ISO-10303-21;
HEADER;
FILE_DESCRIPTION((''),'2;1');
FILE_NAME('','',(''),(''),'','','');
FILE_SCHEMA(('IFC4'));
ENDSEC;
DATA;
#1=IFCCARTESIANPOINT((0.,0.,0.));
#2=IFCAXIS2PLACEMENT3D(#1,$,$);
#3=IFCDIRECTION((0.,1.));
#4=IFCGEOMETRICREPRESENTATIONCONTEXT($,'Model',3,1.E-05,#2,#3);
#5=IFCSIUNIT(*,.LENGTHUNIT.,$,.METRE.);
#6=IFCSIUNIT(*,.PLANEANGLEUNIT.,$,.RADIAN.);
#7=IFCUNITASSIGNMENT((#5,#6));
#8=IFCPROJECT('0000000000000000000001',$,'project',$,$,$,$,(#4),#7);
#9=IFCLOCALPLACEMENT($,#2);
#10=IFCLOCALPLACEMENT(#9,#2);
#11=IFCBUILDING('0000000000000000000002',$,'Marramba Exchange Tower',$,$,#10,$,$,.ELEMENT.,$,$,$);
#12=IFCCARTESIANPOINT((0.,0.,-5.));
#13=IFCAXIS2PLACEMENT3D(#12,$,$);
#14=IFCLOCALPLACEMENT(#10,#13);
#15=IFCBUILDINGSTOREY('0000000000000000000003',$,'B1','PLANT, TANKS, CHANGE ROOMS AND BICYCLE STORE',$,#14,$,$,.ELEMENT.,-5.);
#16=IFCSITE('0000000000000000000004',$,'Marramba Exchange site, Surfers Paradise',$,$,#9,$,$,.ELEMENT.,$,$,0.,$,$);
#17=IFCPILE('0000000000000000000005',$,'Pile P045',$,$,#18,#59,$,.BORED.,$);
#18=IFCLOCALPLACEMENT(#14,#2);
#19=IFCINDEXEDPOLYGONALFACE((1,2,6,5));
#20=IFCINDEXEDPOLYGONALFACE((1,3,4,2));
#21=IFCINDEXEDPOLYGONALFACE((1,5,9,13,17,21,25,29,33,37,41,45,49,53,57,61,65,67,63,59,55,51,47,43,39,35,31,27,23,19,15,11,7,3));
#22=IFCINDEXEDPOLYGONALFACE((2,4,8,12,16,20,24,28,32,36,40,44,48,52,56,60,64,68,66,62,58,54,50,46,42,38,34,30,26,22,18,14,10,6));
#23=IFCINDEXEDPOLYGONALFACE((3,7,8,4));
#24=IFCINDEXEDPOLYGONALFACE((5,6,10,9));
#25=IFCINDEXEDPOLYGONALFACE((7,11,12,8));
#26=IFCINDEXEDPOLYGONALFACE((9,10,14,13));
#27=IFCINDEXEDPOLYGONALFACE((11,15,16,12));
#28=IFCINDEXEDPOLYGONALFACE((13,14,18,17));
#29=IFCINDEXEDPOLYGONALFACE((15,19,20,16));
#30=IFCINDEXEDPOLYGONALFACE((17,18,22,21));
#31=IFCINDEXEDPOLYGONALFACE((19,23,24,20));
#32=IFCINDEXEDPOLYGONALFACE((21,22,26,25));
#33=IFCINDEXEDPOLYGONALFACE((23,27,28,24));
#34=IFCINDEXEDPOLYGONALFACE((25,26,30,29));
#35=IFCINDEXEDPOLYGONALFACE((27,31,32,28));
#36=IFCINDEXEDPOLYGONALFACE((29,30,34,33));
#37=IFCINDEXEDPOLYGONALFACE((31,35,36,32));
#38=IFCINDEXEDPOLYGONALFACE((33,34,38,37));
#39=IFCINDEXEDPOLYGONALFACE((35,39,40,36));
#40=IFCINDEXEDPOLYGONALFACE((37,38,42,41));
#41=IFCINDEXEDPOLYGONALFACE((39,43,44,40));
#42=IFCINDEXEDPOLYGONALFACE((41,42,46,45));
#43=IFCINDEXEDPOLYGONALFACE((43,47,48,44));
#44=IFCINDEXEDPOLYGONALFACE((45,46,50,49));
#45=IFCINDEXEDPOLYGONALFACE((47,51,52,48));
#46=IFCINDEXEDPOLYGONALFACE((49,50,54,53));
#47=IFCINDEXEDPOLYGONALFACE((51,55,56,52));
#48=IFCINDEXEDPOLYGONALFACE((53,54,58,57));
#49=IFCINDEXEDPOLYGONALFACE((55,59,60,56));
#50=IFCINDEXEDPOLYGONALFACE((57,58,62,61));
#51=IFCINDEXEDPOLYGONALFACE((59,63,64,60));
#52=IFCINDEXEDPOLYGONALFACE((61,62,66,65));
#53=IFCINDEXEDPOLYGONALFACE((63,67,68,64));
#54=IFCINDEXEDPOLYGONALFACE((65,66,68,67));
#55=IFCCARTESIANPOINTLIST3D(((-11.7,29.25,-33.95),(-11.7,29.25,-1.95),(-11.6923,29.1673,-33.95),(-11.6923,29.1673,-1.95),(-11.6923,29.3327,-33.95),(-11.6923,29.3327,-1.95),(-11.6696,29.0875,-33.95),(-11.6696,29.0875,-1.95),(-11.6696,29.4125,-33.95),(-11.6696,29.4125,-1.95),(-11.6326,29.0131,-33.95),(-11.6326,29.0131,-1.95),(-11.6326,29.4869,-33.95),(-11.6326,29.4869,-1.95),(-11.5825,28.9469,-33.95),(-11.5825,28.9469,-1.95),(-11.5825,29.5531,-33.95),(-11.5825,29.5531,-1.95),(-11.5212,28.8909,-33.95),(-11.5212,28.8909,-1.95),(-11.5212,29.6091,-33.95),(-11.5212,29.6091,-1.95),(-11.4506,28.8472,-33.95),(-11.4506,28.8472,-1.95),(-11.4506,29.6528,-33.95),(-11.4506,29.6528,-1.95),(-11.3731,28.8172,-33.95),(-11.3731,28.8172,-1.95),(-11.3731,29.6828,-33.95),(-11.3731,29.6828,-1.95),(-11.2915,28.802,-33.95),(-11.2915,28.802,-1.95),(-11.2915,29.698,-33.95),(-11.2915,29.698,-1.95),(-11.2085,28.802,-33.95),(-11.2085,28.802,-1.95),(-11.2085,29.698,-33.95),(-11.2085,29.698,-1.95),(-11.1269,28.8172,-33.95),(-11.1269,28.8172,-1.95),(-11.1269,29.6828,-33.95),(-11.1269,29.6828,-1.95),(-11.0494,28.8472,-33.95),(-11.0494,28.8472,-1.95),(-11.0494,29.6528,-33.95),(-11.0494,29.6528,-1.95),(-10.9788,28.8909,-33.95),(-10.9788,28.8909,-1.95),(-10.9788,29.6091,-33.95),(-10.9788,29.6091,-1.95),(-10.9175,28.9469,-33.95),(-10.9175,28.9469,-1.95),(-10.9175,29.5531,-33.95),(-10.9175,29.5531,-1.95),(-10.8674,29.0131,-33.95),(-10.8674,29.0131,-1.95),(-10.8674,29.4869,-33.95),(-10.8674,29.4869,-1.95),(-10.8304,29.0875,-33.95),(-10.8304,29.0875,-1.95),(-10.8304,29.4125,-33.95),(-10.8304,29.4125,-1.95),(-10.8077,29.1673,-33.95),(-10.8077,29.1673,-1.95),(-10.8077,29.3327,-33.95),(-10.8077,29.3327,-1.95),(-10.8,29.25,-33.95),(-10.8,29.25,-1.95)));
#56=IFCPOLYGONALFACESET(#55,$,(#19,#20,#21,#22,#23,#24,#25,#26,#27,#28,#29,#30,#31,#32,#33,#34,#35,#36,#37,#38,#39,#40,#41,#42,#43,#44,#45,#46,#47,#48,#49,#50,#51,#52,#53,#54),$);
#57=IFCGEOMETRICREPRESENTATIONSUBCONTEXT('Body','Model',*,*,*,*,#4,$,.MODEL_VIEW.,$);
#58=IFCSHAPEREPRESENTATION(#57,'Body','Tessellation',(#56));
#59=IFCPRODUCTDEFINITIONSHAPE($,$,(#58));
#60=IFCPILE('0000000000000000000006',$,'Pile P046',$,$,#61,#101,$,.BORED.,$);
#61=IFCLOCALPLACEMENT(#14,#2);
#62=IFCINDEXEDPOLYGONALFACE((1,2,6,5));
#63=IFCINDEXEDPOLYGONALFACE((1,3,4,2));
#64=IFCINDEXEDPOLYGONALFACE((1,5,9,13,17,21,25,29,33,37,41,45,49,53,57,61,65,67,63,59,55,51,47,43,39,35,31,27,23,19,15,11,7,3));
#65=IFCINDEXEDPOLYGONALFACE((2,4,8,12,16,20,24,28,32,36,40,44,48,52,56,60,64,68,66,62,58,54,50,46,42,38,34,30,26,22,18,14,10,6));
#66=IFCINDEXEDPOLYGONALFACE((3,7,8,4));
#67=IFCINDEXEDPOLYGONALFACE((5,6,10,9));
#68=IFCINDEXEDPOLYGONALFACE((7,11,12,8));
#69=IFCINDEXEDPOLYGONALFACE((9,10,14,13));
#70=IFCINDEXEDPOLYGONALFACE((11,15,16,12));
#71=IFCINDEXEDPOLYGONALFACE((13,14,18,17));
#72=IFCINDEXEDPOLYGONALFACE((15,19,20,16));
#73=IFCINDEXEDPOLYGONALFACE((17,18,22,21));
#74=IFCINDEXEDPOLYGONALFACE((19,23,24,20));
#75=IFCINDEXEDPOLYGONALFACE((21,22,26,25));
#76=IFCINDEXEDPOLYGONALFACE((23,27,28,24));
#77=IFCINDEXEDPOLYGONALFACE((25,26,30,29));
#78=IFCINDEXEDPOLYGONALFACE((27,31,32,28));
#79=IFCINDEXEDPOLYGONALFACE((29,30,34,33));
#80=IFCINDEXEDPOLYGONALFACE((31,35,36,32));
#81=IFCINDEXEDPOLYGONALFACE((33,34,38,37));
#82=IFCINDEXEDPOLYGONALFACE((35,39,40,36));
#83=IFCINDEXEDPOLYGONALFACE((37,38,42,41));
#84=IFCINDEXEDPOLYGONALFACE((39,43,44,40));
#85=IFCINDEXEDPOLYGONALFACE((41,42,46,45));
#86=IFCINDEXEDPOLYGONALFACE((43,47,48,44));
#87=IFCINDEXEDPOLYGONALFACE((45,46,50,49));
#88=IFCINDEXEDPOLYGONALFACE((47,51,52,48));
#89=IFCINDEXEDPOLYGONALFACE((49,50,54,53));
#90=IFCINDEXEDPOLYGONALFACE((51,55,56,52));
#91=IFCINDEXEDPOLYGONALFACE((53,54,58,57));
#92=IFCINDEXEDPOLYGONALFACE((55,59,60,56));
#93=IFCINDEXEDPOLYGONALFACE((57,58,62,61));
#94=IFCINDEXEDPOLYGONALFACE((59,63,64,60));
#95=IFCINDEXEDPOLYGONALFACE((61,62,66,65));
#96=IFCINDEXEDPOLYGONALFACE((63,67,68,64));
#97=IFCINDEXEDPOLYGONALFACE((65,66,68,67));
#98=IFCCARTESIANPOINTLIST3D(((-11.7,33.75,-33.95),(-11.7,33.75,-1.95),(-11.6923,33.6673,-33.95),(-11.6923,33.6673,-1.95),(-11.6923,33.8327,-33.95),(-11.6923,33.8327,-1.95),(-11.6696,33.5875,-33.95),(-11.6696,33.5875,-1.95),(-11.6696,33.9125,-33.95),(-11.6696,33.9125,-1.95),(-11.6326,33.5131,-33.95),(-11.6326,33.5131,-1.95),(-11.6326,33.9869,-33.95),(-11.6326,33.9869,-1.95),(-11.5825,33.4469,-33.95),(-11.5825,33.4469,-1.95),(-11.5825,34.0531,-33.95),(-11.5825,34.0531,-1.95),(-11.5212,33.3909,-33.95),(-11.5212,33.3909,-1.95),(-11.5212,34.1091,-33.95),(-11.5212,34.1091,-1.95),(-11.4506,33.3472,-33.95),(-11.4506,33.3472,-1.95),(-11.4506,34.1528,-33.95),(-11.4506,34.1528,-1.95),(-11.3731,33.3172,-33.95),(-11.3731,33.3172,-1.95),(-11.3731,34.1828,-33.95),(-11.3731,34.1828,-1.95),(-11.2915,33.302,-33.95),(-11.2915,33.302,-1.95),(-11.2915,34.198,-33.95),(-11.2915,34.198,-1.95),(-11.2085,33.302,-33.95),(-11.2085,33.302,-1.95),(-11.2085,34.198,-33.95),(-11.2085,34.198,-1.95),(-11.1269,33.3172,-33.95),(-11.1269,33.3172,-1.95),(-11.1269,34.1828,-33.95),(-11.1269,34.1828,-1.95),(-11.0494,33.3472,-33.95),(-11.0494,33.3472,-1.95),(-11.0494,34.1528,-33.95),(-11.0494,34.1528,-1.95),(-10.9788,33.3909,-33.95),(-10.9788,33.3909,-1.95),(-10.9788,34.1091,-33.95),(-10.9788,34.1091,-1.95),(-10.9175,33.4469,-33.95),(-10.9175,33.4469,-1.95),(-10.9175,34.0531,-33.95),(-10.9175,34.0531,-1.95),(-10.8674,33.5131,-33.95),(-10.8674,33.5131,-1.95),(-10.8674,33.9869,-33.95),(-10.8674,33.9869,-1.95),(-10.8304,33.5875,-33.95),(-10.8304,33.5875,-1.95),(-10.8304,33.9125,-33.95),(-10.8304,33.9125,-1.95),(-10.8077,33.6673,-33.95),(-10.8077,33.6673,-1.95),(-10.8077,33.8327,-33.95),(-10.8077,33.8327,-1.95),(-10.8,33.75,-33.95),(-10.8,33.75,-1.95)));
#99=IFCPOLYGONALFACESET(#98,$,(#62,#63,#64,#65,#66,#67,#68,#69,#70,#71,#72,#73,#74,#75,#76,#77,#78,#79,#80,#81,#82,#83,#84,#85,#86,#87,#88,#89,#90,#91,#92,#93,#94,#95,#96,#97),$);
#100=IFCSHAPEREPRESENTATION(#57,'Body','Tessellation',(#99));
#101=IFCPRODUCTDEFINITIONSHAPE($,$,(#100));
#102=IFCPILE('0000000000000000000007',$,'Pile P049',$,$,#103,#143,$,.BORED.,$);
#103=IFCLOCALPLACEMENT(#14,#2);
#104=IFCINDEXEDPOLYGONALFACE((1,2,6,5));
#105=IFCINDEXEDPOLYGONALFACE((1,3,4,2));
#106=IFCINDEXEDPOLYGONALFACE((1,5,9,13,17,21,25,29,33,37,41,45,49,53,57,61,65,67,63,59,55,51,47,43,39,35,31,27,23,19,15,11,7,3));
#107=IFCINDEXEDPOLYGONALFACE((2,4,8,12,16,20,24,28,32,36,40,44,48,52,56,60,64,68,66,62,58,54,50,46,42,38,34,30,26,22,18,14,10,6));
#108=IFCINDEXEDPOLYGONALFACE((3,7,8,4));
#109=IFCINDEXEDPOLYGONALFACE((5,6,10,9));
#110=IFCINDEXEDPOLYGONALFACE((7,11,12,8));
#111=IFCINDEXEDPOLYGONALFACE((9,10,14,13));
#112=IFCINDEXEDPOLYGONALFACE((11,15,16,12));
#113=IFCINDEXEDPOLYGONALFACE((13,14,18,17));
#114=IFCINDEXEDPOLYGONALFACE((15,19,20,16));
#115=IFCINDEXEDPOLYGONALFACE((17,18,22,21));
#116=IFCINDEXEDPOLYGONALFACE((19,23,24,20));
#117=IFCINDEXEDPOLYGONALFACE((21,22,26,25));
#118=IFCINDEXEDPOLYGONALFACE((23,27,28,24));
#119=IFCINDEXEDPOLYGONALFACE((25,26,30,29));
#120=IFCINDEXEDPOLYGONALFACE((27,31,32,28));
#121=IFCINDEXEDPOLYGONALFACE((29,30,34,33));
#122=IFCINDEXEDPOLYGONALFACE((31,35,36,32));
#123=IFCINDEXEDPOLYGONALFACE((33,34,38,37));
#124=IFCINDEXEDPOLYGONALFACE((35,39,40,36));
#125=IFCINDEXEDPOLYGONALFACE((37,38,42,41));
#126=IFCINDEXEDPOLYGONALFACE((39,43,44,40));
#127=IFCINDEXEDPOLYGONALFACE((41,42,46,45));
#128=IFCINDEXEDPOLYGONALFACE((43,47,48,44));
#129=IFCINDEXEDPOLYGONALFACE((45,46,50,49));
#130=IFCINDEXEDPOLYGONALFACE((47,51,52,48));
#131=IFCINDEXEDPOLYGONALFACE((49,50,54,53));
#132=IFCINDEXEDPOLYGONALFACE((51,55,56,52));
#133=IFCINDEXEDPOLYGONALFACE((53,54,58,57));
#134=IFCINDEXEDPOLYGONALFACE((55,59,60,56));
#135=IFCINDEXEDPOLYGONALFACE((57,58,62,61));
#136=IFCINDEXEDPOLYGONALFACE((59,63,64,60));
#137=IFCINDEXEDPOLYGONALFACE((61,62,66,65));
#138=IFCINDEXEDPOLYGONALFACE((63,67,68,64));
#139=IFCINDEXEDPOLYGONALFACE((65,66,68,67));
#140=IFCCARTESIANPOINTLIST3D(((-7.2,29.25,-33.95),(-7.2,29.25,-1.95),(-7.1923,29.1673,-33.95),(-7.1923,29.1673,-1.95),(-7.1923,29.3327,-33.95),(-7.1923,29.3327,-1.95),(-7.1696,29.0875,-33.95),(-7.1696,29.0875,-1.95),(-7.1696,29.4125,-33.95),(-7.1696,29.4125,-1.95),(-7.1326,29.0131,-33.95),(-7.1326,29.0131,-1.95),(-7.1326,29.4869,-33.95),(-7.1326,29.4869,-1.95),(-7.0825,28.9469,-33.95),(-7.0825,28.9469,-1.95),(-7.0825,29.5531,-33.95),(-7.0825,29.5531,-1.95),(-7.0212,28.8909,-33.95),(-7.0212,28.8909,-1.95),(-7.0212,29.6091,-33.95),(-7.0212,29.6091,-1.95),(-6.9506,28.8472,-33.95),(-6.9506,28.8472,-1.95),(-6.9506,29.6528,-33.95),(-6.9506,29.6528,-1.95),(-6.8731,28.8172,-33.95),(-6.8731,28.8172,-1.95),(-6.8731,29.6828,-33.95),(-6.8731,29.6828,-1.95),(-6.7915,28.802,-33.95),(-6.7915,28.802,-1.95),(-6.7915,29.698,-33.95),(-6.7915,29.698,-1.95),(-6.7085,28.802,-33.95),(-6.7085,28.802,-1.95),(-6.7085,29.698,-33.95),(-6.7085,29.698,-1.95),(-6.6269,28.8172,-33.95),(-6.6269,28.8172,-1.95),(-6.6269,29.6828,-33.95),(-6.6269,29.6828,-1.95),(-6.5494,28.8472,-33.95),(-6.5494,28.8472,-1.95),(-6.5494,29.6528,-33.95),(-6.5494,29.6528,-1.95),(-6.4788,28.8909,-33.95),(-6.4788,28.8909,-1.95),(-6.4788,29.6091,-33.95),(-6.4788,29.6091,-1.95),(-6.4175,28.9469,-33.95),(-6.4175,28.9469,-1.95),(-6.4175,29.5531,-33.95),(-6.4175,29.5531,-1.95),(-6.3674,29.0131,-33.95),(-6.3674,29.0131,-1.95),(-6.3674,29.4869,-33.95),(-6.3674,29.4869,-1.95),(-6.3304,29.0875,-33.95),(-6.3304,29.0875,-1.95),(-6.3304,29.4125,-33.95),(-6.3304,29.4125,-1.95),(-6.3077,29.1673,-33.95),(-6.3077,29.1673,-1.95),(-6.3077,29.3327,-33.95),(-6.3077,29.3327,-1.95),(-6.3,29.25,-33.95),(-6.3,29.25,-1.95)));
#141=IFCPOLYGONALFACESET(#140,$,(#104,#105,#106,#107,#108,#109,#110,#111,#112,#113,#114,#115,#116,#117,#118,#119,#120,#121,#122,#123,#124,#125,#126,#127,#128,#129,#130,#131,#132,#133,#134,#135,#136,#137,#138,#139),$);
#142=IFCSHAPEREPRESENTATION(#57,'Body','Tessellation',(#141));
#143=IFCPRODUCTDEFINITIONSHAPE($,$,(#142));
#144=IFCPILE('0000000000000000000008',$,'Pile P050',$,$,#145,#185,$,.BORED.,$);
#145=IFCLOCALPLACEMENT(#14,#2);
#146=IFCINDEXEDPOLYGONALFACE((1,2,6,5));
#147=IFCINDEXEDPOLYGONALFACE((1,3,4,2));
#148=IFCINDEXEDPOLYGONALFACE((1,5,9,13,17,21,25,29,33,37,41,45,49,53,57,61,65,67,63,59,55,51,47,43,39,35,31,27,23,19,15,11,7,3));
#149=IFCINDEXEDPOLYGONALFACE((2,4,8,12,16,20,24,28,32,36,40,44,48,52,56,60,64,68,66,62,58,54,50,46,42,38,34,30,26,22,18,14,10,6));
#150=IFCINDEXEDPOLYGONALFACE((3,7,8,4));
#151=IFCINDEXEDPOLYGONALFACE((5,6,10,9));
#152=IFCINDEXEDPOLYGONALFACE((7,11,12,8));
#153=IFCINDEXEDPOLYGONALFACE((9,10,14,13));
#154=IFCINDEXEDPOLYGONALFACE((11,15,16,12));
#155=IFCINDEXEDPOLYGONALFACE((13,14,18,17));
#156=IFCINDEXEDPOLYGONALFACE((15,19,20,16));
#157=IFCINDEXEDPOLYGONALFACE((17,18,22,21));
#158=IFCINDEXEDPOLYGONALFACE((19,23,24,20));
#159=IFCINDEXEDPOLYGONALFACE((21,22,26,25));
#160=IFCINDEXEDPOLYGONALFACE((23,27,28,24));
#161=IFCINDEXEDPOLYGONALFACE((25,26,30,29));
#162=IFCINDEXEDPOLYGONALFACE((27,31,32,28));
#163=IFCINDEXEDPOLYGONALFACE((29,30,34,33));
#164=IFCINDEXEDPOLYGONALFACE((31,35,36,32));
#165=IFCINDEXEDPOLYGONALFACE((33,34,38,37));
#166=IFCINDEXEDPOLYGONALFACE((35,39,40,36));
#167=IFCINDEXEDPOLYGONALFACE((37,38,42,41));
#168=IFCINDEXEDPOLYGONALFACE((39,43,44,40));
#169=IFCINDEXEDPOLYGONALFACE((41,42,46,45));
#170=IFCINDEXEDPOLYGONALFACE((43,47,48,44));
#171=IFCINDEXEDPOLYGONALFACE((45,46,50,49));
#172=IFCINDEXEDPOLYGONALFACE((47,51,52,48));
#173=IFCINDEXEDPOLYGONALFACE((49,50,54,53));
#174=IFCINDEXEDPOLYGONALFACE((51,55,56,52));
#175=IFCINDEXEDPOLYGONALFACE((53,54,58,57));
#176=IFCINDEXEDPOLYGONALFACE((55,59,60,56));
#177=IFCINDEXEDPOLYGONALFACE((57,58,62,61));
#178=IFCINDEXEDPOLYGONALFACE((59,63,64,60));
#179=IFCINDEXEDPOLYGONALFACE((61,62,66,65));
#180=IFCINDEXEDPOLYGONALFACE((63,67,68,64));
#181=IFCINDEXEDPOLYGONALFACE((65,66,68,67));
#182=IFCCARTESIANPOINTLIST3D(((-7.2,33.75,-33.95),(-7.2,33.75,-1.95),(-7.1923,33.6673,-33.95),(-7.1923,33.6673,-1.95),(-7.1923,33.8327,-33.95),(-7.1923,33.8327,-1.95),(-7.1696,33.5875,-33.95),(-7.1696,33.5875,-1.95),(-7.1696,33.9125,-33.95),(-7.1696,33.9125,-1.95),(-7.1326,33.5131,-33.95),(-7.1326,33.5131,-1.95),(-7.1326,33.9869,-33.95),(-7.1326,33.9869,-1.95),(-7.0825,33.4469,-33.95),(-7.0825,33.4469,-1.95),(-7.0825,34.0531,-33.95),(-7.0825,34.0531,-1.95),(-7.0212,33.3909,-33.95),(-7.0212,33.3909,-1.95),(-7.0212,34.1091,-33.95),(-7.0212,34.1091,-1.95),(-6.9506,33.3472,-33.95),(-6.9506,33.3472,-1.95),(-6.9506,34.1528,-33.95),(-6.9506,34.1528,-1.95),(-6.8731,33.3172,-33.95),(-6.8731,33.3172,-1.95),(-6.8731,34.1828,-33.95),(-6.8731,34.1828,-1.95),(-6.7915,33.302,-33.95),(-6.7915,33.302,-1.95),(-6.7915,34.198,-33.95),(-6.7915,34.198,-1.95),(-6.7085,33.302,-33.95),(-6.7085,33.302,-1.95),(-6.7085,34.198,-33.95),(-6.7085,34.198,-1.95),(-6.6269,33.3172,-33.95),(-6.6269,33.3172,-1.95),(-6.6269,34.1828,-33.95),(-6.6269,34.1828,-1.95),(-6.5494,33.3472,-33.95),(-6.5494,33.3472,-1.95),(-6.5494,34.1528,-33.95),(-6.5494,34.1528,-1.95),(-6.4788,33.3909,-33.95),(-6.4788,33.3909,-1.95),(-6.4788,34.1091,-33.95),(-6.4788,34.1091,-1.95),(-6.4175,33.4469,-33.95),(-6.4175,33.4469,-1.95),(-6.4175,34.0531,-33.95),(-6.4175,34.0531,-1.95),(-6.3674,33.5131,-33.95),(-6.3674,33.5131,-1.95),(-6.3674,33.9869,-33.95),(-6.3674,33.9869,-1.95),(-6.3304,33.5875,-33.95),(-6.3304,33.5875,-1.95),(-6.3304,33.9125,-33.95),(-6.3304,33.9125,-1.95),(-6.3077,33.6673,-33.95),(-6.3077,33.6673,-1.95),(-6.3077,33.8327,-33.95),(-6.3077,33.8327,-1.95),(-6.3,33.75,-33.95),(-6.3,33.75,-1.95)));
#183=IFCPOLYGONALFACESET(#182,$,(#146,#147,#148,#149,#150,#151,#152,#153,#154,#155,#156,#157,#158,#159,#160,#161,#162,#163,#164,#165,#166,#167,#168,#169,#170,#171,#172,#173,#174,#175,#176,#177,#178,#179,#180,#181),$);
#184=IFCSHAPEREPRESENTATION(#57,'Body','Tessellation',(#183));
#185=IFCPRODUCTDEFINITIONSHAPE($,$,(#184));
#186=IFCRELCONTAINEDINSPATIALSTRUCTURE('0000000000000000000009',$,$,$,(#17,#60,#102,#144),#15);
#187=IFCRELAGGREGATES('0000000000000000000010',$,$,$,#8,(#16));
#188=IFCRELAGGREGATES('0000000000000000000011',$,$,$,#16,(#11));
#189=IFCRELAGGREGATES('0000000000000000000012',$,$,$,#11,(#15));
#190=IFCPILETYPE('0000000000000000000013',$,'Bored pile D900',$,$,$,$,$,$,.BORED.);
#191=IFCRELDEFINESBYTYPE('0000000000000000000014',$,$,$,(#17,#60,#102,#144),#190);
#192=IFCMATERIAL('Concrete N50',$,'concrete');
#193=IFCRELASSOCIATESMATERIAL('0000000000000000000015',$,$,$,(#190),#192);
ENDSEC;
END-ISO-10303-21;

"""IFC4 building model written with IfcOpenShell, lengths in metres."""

from ifc_helpers import new_model, si_unit, direction, frame, origin, origin_2d, place, context, subcontext, project, spatial, circle, extrude, material, material_profile, profile_set, type_object, element, save


model = new_model("IFC4")

# Units and contexts
model_context = context("Model", 3, precision=1e-05, world=origin(), true_north=direction((0.0, 1.0)))
body_context = subcontext(model_context, "Body", "Model", "MODEL_VIEW")
ifc_project = project(units=[si_unit("LENGTHUNIT", "METRE"), si_unit("PLANEANGLEUNIT", "RADIAN")], contexts=[model_context])

# Site, building, storey
site_placement = place(None, origin())
site = spatial("IfcSite", under=ifc_project, at=site_placement, Name="Marramba Exchange site, Surfers Paradise", CompositionType="ELEMENT", RefElevation=0.0)
building_placement = place(site_placement, origin())
building = spatial("IfcBuilding", under=site, at=building_placement, Name="Marramba Exchange Tower", CompositionType="ELEMENT")
storey_placement = place(building_placement, frame((0.0, 0.0, -5.0)))
storey = spatial("IfcBuildingStorey", under=building, at=storey_placement, Name="B1", Description="PLANT, TANKS, CHANGE ROOMS AND BICYCLE STORE", CompositionType="ELEMENT", Elevation=-5.0)

# Piles
ifc_material_1 = material(Name="Concrete N50", Category="concrete")
ifc_material_profile_1 = material_profile(ifc_material_1, circle(Radius=0.45, at=origin_2d()), Name="BP D900")
ifc_profile_set_1 = profile_set([ifc_material_profile_1], Name="Concrete N50")
pile_type = type_object("IfcPileType", Name="Bored pile D900", PredefinedType="BORED", material=ifc_profile_set_1)
for number, where, z_axis, x_axis, name in (
    (1, (-11.25, 29.25, -1.95), (0.0, 0.0, -1.0), (1.0, 0.0, 0.0), "Pile P045"),
    (2, (-11.25, 33.75, -1.95), (0.0, 0.0, -1.0), (1.0, 0.0, 0.0), "Pile P046"),
    (3, (-6.75, 29.25, -1.95), (0.0, 0.0, -1.0), (1.0, 0.0, 0.0), "Pile P049"),
    (4, (-6.75, 33.75, -1.95), (0.0, 0.0, -1.0), (1.0, 0.0, 0.0), "Pile P050"),
):
    element("IfcPile", number, at=place(storey_placement, frame(where, z_axis=z_axis, x_axis=x_axis)), inside=storey, type_object=pile_type, Name=name, PredefinedType="BORED", context=body_context, shape_type="SweptSolid", body=[
        extrude(circle(Radius=0.45, at=origin_2d()), origin(), (0.0, 0.0, 1.0), 32.0),
    ])

save(model, "model.ifc")
